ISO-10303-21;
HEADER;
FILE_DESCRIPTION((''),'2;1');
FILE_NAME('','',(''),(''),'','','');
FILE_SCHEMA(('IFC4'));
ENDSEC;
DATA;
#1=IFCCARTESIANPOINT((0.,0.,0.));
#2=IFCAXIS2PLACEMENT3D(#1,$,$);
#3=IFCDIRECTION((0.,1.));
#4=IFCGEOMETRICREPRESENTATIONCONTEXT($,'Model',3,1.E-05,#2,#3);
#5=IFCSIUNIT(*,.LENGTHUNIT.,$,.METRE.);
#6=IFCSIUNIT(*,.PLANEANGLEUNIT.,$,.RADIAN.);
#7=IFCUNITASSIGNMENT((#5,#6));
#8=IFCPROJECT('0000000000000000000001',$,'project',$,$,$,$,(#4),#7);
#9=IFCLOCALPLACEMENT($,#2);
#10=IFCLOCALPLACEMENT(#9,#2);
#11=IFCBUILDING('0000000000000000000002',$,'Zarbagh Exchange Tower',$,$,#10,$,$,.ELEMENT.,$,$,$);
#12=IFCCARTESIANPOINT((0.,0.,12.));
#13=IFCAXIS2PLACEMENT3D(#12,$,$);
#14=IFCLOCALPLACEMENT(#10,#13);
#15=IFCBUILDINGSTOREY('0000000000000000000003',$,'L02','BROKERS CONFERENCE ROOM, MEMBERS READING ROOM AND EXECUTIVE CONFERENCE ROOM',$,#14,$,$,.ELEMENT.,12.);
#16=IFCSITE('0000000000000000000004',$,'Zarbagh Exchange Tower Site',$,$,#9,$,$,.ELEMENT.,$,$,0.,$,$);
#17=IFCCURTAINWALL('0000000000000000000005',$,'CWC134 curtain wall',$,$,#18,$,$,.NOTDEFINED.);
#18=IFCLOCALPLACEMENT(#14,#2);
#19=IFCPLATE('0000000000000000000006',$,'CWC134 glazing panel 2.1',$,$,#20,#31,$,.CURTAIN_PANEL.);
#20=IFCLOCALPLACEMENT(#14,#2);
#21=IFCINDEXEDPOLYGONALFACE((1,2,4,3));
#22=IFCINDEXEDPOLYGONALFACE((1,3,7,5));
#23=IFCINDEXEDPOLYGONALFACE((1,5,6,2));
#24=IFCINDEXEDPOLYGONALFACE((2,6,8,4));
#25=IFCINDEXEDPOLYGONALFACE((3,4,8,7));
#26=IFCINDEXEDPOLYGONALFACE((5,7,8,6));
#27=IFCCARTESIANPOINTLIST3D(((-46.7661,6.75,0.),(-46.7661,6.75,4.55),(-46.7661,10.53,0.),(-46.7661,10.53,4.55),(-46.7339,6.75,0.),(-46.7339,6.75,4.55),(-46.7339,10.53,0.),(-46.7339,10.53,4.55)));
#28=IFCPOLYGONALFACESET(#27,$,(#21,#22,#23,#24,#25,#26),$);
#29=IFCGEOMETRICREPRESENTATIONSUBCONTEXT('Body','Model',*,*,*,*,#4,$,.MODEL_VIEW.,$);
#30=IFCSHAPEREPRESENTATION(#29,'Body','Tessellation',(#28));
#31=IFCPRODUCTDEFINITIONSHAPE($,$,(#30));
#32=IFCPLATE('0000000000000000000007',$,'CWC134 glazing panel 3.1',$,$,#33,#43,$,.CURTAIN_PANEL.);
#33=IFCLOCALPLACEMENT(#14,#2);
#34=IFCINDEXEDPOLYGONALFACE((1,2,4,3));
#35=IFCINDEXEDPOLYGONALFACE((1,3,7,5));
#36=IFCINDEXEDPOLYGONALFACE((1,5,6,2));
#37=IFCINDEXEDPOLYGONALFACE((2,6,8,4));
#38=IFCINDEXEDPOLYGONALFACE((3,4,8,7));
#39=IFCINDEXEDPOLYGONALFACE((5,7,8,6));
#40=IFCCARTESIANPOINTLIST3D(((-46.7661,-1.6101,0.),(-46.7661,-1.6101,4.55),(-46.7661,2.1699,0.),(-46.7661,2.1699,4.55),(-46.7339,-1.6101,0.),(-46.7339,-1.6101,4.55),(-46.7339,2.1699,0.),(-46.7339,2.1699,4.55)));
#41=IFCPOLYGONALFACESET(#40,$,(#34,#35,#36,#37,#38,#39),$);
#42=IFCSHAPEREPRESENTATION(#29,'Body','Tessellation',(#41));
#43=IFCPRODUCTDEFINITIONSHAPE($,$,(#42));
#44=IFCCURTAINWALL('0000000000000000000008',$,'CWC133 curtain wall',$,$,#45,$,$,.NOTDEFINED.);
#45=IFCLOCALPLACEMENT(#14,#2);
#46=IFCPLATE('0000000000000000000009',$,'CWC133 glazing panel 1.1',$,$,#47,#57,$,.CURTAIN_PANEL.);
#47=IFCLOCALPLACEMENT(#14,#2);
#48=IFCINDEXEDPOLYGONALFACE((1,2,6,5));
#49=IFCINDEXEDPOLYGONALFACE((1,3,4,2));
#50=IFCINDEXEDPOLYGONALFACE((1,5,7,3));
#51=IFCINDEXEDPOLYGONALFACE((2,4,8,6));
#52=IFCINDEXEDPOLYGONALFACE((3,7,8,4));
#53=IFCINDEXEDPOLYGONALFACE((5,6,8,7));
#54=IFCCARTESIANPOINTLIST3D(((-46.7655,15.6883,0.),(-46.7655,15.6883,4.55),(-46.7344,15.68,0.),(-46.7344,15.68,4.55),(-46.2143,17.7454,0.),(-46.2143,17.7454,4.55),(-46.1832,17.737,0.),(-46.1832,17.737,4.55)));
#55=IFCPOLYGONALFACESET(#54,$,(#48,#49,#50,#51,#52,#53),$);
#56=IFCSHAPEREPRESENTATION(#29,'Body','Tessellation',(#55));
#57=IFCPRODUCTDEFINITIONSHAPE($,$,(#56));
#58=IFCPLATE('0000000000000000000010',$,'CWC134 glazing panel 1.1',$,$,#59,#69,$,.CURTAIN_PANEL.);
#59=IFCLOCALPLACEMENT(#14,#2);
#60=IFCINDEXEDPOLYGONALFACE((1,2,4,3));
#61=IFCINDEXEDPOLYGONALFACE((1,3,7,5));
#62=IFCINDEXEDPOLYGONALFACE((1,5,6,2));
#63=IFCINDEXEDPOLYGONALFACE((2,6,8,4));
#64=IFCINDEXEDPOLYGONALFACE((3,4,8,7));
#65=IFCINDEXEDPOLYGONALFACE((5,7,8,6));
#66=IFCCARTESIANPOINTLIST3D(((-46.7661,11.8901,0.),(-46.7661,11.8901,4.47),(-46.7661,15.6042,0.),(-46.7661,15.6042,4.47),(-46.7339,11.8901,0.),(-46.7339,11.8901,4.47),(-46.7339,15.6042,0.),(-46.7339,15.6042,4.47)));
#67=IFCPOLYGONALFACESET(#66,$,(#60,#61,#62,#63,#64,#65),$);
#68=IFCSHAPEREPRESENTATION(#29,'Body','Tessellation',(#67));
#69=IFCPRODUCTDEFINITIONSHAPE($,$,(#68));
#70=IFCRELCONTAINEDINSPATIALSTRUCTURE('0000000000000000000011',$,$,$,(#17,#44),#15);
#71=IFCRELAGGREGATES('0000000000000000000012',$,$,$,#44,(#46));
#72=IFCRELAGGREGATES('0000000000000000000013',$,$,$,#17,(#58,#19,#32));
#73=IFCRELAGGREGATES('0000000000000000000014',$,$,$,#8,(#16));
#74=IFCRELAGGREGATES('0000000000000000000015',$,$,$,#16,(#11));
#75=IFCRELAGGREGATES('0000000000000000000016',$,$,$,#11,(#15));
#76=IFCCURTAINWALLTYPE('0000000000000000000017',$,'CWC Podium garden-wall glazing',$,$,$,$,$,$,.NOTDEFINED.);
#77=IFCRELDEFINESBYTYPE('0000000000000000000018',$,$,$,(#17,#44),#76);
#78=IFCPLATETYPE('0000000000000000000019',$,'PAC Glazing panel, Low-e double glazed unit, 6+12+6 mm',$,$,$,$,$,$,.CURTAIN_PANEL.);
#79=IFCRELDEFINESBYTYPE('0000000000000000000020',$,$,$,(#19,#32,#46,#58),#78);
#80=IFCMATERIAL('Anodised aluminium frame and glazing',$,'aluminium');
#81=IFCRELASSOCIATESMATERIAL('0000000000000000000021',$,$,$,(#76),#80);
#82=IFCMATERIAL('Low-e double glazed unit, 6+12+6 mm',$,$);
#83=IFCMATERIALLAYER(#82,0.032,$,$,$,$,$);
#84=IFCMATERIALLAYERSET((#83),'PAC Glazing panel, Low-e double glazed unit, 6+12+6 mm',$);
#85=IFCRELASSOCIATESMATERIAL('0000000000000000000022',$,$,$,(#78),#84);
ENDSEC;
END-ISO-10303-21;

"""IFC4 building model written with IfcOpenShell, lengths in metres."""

from ifc_helpers import new_model, si_unit, direction, frame, origin, place, context, subcontext, project, spatial, polyline, outline, extrude, source, transform, mapped, material, layer, layer_set, type_object, element, aggregate, save


model = new_model("IFC4")

# Units and contexts
model_context = context("Model", 3, precision=1e-05, world=origin(), true_north=direction((0.0, 1.0)))
body_context = subcontext(model_context, "Body", "Model", "MODEL_VIEW")
ifc_project = project(units=[si_unit("LENGTHUNIT", "METRE"), si_unit("PLANEANGLEUNIT", "RADIAN")], contexts=[model_context])

# Site, building, storey
site_placement = place(None, origin())
site = spatial("IfcSite", under=ifc_project, at=site_placement, Name="Zarbagh Exchange Tower Site", CompositionType="ELEMENT", RefElevation=0.0)
building_placement = place(site_placement, origin())
building = spatial("IfcBuilding", under=site, at=building_placement, Name="Zarbagh Exchange Tower", CompositionType="ELEMENT")
storey_placement = place(building_placement, frame((0.0, 0.0, 12.0)))
storey = spatial("IfcBuildingStorey", under=building, at=storey_placement, Name="L02", Description="BROKERS CONFERENCE ROOM, MEMBERS READING ROOM AND EXECUTIVE CONFERENCE ROOM", CompositionType="ELEMENT", Elevation=12.0)

# Curtain wall
ifc_material_1 = material(Name="Anodised aluminium frame and glazing", Category="aluminium")
curtain_wall_type = type_object("IfcCurtainWallType", Name="CWC Podium garden-wall glazing", PredefinedType="NOTDEFINED", material=ifc_material_1)
curtain_wall_1_placement = place(storey_placement, origin())
curtain_wall_1 = element("IfcCurtainWall", 1, at=curtain_wall_1_placement, inside=storey, type_object=curtain_wall_type, Name="CWC134 curtain wall", PredefinedType="NOTDEFINED")
placement = place(storey_placement, origin())

# Shared definitions
ifc_material_2 = material(Name="Low-e double glazed unit, 6+12+6 mm")
ifc_layer = layer(ifc_material_2, 0.032)
ifc_layer_set = layer_set([ifc_layer], Name="PAC Glazing panel, Low-e double glazed unit, 6+12+6 mm")
plate_type = type_object("IfcPlateType", Name="PAC Glazing panel, Low-e double glazed unit, 6+12+6 mm", PredefinedType="CURTAIN_PANEL", material=ifc_layer_set)

# Plates
shared_shape_1 = source(origin(), body_context, "Body", "SweptSolid", [
    extrude(outline(polyline([(0.0, -0.0161), (3.78, -0.0161), (3.78, 0.0161), (0.0, 0.0161), (0.0, -0.0161)])), origin(), (0.0, 0.0, 1.0), 4.55),
])
plate_1 = element("IfcPlate", 2, at=placement, type_object=plate_type, Name="CWC134 glazing panel 2.1", PredefinedType="CURTAIN_PANEL", context=body_context, shape_type="MappedRepresentation", body=[
    mapped(shared_shape_1, transform((-46.75, 10.53, 0.0), x_axis=(0.0, -1.0, 0.0), y_axis=(1.0, 0.0, 0.0), z_axis=(0.0, 0.0, 1.0))),
])
plate_2 = element("IfcPlate", 3, at=placement, type_object=plate_type, Name="CWC134 glazing panel 3.1", PredefinedType="CURTAIN_PANEL", context=body_context, shape_type="MappedRepresentation", body=[
    mapped(shared_shape_1, transform((-46.75, 2.1699, 0.0), x_axis=(0.0, -1.0, 0.0), y_axis=(1.0, 0.0, 0.0), z_axis=(0.0, 0.0, 1.0))),
])

# Curtain wall, plate
curtain_wall_2_placement = place(storey_placement, origin())
curtain_wall_2 = element("IfcCurtainWall", 4, at=curtain_wall_2_placement, inside=storey, type_object=curtain_wall_type, Name="CWC133 curtain wall", PredefinedType="NOTDEFINED")
shared_shape_2 = source(origin(), body_context, "Body", "SweptSolid", [
    extrude(outline(polyline([(0.0, -0.0161), (2.1296, -0.0161), (2.1296, 0.0161), (0.0, 0.0161), (0.0, -0.0161)])), origin(), (0.0, 0.0, 1.0), 4.55),
])
plate_3 = element("IfcPlate", 5, at=placement, type_object=plate_type, Name="CWC133 glazing panel 1.1", PredefinedType="CURTAIN_PANEL", context=body_context, shape_type="MappedRepresentation", body=[
    mapped(shared_shape_2, transform((-46.1987, 17.7412, 0.0), x_axis=(-0.258825, -0.965924, 0.0), y_axis=(0.965924, -0.258825, 0.0), z_axis=(0.0, 0.0, 1.0))),
])
aggregate(curtain_wall_2, [plate_3])

# Plate
shared_shape_3 = source(origin(), body_context, "Body", "SweptSolid", [
    extrude(outline(polyline([(0.0, -0.0161), (3.7141, -0.0161), (3.7141, 0.0161), (0.0, 0.0161), (0.0, -0.0161)])), origin(), (0.0, 0.0, 1.0), 4.47),
])
plate_4 = element("IfcPlate", 6, at=placement, type_object=plate_type, Name="CWC134 glazing panel 1.1", PredefinedType="CURTAIN_PANEL", context=body_context, shape_type="MappedRepresentation", body=[
    mapped(shared_shape_3, transform((-46.75, 15.6042, 0.0), x_axis=(0.0, -1.0, 0.0), y_axis=(1.0, 0.0, 0.0), z_axis=(0.0, 0.0, 1.0))),
])
aggregate(curtain_wall_1, [plate_4, plate_1, plate_2])

save(model, "model.ifc")
